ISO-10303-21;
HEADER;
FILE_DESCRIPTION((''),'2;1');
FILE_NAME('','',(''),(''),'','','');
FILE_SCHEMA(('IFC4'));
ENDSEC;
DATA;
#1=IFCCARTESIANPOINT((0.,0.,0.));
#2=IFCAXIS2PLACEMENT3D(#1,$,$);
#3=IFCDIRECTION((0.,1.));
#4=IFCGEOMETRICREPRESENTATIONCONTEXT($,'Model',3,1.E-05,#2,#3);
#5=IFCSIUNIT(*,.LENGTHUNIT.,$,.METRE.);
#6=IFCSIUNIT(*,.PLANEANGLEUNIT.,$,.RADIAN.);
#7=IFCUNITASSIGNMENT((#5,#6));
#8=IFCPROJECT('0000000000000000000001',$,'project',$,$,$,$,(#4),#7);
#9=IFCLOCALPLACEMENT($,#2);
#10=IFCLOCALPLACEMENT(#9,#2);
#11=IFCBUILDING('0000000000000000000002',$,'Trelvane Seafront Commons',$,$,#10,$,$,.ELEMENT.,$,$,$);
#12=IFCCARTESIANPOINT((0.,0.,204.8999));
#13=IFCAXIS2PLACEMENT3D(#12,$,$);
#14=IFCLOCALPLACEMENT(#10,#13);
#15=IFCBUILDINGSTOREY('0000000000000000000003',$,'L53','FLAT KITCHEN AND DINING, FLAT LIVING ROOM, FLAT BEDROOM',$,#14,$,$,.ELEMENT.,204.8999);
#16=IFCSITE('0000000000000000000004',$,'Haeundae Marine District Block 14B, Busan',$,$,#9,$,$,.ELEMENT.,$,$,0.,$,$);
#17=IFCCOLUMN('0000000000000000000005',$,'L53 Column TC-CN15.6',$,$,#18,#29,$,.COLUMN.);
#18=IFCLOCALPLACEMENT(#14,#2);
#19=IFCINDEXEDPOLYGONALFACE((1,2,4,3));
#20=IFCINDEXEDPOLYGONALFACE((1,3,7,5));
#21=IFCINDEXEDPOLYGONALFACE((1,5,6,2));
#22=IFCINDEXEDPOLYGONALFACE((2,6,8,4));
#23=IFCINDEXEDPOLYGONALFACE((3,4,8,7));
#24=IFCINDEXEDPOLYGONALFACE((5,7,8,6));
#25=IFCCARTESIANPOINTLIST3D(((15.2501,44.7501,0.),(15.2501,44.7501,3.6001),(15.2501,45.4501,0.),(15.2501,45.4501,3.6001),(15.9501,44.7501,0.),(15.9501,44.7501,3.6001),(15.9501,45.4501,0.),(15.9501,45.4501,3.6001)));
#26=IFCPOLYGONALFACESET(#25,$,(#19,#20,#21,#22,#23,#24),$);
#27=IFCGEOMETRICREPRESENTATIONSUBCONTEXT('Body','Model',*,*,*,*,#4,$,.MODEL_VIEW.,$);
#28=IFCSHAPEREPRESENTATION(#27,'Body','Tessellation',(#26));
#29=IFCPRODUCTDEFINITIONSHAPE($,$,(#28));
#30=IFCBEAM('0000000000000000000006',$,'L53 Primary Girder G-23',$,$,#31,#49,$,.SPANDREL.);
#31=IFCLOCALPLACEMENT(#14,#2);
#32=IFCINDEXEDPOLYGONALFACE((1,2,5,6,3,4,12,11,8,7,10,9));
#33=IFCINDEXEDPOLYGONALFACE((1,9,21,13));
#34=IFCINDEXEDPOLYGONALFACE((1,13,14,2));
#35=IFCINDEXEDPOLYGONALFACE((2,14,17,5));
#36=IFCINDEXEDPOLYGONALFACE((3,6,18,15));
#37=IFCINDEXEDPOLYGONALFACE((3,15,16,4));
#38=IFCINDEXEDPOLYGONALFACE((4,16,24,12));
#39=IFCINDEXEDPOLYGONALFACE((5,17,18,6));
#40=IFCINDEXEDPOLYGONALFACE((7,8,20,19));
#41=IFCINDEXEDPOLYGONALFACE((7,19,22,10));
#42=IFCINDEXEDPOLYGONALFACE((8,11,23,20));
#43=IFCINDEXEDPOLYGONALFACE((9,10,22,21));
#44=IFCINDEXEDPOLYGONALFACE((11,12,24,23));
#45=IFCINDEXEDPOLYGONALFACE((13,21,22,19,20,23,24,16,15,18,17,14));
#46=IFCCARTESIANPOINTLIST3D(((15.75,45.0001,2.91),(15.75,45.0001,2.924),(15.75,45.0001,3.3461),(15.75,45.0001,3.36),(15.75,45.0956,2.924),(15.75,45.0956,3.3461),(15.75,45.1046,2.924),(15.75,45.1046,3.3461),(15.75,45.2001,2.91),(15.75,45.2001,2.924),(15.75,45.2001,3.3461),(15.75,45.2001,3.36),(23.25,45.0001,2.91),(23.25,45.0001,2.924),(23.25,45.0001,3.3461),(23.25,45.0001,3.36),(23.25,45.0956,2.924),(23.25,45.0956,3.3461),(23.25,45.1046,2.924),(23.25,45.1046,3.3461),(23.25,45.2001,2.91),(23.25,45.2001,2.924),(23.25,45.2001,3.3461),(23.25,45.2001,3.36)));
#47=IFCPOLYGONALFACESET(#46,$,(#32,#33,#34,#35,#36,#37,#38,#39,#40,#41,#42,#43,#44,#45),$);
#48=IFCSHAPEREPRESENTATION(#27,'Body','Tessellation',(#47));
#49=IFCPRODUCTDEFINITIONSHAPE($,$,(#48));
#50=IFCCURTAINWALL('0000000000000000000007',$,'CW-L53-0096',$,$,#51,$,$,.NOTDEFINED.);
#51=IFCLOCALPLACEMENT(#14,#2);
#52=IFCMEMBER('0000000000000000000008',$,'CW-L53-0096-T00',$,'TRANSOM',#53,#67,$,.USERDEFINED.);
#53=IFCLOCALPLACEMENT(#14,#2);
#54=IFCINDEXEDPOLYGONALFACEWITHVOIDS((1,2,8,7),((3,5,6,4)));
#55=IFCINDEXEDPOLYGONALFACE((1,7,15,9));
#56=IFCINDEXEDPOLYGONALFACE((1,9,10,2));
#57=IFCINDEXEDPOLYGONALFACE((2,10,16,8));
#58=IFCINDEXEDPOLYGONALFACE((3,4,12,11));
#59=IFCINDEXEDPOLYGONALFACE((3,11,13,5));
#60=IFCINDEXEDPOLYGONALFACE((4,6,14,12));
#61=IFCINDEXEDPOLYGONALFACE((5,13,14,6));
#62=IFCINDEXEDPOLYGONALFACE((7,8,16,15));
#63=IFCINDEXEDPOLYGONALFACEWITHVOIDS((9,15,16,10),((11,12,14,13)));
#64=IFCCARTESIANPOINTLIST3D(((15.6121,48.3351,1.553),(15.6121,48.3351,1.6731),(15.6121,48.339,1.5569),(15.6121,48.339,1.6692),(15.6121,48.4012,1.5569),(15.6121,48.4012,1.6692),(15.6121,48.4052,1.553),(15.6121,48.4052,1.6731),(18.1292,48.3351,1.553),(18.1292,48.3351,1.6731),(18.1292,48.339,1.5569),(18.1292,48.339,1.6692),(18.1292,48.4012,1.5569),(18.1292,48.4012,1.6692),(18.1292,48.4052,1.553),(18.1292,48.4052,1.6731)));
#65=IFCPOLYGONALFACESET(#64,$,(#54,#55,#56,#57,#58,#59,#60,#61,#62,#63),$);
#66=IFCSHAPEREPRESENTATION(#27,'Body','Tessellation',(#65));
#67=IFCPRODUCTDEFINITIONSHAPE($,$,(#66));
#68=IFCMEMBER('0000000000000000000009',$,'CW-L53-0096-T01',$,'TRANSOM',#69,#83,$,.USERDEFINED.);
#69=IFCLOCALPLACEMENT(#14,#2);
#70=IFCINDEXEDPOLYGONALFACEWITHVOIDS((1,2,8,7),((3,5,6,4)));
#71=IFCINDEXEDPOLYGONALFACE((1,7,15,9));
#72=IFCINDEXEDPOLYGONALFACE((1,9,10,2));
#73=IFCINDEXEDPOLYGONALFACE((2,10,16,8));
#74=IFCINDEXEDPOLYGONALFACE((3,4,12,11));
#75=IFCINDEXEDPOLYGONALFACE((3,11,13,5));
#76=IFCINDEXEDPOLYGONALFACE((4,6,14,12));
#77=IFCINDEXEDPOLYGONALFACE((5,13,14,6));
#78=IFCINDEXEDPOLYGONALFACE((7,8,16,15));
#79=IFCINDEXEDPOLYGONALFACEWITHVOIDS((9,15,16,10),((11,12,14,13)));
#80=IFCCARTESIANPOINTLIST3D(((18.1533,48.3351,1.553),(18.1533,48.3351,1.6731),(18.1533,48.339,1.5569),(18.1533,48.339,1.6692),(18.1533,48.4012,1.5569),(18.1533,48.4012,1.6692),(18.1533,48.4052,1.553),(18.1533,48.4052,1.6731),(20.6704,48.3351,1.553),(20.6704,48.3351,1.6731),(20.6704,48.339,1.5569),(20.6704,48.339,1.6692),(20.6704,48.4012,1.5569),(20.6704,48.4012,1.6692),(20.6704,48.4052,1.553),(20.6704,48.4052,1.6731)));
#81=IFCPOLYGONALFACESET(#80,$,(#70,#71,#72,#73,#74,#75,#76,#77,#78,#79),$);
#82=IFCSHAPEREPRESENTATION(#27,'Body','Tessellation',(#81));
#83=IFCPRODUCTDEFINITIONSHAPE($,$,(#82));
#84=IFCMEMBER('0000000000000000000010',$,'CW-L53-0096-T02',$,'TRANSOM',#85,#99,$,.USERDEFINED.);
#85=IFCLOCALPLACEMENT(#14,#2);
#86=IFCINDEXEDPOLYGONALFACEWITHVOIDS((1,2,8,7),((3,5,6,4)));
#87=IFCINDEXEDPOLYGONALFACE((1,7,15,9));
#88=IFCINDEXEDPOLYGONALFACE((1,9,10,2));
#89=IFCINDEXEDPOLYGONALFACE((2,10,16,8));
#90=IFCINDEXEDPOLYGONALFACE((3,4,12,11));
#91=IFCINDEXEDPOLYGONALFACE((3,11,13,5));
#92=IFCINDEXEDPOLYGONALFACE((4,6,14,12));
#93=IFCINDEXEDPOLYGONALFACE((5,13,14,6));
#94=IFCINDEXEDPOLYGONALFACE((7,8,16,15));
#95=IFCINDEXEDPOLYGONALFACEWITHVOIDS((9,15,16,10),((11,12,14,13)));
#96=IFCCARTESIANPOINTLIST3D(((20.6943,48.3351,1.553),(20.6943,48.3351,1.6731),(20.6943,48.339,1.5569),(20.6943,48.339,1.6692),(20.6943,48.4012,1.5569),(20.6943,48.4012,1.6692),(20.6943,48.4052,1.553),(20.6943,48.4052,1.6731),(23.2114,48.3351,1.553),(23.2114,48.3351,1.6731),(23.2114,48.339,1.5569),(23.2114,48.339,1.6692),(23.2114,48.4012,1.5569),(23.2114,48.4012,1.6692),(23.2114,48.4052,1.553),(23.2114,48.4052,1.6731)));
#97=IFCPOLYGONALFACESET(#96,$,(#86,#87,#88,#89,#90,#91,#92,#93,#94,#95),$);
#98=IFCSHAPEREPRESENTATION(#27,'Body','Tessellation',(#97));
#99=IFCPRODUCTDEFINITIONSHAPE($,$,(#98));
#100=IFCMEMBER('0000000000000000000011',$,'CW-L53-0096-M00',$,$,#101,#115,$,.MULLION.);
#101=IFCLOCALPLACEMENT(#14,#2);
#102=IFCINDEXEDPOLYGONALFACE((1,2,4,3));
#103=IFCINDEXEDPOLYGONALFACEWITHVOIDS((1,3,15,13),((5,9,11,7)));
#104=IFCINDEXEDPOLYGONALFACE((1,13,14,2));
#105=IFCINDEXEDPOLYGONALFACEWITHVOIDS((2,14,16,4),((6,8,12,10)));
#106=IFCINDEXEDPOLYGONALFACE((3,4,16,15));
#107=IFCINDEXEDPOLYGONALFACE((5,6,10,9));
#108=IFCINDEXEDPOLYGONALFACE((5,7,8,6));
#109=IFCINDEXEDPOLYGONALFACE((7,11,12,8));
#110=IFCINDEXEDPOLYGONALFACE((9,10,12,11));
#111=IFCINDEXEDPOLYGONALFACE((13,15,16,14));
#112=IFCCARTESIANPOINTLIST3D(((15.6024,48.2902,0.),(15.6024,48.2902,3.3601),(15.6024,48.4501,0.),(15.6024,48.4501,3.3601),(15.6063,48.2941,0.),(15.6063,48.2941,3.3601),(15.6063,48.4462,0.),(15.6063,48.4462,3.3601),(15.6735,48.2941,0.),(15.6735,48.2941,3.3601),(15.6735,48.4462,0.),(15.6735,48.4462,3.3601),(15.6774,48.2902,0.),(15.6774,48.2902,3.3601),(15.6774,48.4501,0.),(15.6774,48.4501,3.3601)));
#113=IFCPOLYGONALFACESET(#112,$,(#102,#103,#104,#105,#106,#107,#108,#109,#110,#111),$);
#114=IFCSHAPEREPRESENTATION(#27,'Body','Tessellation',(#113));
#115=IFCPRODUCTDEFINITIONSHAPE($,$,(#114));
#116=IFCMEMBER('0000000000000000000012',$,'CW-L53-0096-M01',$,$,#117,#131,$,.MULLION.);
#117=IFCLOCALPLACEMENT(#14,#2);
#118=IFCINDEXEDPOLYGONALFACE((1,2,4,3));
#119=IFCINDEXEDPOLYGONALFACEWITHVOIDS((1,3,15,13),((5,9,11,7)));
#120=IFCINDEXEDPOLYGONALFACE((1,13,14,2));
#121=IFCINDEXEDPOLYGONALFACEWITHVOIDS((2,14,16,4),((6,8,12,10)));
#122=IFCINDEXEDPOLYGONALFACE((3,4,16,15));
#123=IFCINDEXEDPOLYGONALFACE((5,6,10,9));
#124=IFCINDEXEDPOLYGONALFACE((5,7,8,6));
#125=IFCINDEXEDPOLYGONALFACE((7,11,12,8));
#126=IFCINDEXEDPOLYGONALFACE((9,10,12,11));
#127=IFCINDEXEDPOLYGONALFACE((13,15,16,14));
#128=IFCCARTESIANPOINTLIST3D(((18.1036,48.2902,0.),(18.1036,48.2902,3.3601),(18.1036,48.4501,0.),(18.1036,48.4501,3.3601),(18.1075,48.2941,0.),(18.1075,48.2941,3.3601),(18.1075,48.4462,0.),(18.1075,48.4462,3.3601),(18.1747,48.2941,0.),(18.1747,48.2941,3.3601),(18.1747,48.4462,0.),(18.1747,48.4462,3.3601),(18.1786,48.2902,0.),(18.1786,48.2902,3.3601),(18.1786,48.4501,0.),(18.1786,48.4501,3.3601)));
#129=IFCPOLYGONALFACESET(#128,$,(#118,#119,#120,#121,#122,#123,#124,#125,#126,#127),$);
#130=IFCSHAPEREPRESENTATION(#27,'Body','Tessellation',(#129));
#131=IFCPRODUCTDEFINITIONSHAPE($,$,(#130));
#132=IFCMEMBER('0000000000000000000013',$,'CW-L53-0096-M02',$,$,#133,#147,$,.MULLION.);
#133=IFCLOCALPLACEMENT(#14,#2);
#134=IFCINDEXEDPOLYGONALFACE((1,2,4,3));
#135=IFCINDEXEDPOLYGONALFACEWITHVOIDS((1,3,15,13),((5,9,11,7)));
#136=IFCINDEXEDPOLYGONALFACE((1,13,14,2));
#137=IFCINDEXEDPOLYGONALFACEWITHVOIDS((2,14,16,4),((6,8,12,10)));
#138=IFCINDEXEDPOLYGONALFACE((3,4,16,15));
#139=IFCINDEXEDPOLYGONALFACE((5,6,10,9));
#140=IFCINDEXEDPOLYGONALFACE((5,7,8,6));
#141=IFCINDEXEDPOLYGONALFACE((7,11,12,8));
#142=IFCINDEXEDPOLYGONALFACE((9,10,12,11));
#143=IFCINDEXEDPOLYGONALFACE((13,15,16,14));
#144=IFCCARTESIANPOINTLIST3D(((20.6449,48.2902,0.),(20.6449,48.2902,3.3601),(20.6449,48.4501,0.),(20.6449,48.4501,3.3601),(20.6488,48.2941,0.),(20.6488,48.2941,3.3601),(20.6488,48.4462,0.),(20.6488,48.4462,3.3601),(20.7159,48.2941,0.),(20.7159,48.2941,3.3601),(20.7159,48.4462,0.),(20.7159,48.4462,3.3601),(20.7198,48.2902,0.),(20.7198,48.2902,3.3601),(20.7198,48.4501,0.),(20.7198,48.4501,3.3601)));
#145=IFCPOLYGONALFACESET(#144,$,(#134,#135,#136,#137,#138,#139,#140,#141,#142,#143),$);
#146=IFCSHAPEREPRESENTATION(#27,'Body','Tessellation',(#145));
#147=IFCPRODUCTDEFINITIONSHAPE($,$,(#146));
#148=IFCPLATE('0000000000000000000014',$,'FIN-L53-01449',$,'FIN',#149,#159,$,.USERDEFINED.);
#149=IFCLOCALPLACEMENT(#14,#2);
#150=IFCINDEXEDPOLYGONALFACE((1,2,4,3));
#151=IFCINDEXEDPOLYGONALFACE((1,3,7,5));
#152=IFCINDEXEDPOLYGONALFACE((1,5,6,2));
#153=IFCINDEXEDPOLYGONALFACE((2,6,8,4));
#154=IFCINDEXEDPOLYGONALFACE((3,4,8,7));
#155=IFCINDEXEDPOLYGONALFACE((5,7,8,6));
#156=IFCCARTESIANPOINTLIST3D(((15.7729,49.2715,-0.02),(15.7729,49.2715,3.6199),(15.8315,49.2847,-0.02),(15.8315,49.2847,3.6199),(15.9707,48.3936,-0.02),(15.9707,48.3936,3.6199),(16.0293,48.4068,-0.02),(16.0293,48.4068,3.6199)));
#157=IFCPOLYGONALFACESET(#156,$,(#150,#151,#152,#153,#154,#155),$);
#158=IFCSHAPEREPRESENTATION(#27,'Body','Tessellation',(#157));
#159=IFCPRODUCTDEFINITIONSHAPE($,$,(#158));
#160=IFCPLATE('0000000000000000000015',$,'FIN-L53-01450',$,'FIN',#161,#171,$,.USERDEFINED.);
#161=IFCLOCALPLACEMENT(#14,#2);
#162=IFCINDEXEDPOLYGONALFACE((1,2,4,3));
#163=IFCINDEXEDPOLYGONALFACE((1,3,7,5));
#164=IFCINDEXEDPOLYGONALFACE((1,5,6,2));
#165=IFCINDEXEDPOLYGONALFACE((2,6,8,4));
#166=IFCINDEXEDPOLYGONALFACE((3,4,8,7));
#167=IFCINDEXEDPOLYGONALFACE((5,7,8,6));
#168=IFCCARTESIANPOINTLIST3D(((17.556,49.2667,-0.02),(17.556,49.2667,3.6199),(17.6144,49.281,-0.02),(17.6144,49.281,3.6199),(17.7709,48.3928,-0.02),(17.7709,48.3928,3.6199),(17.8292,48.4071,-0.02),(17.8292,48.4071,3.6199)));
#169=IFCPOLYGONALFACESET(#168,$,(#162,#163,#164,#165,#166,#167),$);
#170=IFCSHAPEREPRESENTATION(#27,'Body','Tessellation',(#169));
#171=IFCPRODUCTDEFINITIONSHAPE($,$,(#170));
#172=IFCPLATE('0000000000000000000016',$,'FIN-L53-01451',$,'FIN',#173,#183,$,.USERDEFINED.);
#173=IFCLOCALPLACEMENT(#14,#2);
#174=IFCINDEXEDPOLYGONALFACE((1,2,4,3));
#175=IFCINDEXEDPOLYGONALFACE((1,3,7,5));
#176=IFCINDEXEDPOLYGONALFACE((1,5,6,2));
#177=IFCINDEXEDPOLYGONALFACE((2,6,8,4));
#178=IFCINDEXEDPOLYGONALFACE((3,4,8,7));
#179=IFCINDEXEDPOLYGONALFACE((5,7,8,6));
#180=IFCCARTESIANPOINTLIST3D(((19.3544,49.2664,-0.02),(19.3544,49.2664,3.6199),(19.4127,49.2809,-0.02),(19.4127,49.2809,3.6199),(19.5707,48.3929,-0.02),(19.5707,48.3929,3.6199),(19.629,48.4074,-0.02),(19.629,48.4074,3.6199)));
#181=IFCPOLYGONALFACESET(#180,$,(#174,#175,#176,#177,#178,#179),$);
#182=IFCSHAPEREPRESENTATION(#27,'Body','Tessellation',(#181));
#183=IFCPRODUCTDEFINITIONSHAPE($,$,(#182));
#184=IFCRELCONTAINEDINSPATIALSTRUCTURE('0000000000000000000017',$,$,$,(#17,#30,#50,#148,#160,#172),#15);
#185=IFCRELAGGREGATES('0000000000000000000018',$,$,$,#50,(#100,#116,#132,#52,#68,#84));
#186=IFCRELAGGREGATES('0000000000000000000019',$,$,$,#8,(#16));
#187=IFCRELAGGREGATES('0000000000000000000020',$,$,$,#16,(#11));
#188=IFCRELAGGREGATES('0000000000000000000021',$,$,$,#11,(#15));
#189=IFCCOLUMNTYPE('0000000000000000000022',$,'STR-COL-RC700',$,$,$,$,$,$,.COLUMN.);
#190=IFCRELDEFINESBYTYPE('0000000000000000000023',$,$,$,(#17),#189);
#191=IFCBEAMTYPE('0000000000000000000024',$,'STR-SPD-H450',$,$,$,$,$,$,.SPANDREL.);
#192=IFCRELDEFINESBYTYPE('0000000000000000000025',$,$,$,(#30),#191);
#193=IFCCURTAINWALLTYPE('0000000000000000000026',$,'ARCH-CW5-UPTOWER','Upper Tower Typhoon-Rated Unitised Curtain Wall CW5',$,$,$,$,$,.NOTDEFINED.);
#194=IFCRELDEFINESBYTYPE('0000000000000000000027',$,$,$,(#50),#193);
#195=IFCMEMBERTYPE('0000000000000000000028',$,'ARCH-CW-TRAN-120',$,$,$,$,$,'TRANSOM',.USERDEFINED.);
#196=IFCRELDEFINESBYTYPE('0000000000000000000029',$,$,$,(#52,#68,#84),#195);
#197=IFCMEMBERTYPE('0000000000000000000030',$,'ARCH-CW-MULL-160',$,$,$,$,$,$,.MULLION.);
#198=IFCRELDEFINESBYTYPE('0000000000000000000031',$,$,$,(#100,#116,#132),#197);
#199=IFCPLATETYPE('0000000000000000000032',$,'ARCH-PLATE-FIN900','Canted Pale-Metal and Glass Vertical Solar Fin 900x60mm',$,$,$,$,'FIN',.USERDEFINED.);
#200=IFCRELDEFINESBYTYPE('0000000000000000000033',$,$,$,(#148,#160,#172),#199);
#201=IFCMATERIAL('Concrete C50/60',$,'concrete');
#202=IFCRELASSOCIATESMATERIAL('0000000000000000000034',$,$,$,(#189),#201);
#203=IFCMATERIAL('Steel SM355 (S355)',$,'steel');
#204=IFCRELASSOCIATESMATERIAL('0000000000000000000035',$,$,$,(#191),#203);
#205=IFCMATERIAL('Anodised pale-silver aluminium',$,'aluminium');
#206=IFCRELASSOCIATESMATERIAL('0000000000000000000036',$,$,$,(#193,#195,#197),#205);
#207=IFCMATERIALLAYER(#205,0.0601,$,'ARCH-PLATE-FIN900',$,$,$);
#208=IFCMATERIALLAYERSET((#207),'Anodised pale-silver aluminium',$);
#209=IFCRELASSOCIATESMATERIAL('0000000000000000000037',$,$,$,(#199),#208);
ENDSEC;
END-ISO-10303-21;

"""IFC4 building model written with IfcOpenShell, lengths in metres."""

from ifc_helpers import new_model, si_unit, direction, frame, origin, origin_2d, place, context, subcontext, project, spatial, rectangle, hollow_rectangle, i_section, extrude, source, transform, mapped, material, layer, layer_set, material_profile, profile_set, type_object, element, aggregate, save


model = new_model("IFC4")

# Units and contexts
model_context = context("Model", 3, precision=1e-05, world=origin(), true_north=direction((0.0, 1.0)))
body_context = subcontext(model_context, "Body", "Model", "MODEL_VIEW")
ifc_project = project(units=[si_unit("LENGTHUNIT", "METRE"), si_unit("PLANEANGLEUNIT", "RADIAN")], contexts=[model_context])

# Site, building, storey
site_placement = place(None, origin())
site = spatial("IfcSite", under=ifc_project, at=site_placement, Name="Haeundae Marine District Block 14B, Busan", CompositionType="ELEMENT", RefElevation=0.0)
building_placement = place(site_placement, origin())
building = spatial("IfcBuilding", under=site, at=building_placement, Name="Trelvane Seafront Commons", CompositionType="ELEMENT")
storey_placement = place(building_placement, frame((0.0, 0.0, 204.8999)))
storey = spatial("IfcBuildingStorey", under=building, at=storey_placement, Name="L53", Description="FLAT KITCHEN AND DINING, FLAT LIVING ROOM, FLAT BEDROOM", CompositionType="ELEMENT", Elevation=204.8999)

# Column
ifc_material_1 = material(Name="Concrete C50/60", Category="concrete")
ifc_material_profile_1 = material_profile(ifc_material_1, rectangle(XDim=0.7, YDim=0.7, at=origin_2d()), Name="RC-700x700")
ifc_profile_set_1 = profile_set([ifc_material_profile_1], Name="Concrete C50/60")
column_type = type_object("IfcColumnType", Name="STR-COL-RC700", PredefinedType="COLUMN", material=ifc_profile_set_1)
shared_shape_1 = source(origin(), body_context, "Body", "SweptSolid", [
    extrude(rectangle(XDim=0.7, YDim=0.7, at=origin_2d()), origin(), (0.0, 0.0, 1.0), 3.6001),
])
column_placement = place(storey_placement, frame((15.6001, 45.1001, 0.0), z_axis=(0.0, 0.0, 1.0), x_axis=(1.0, 0.0, 0.0)))
element("IfcColumn", 1, at=column_placement, inside=storey, type_object=column_type, Name="L53 Column TC-CN15.6", PredefinedType="COLUMN", context=body_context, shape_type="MappedRepresentation", body=[
    mapped(shared_shape_1, transform((0.0, 0.0, 0.0), x_axis=(1.0, 0.0, 0.0), y_axis=(0.0, 1.0, 0.0), z_axis=(0.0, 0.0, 1.0), scale=1.0)),
])

# Beam
ifc_material_2 = material(Name="Steel SM355 (S355)", Category="steel")
ifc_material_profile_2 = material_profile(ifc_material_2, i_section(OverallWidth=0.2, OverallDepth=0.45, WebThickness=0.009, FlangeThickness=0.0139, at=origin_2d()), Name="H-450x200x9x14")
ifc_profile_set_2 = profile_set([ifc_material_profile_2], Name="Steel SM355 (S355)")
beam_type = type_object("IfcBeamType", Name="STR-SPD-H450", PredefinedType="SPANDREL", material=ifc_profile_set_2)
shared_shape_2 = source(origin(), body_context, "Body", "SweptSolid", [
    extrude(i_section(OverallWidth=0.2, OverallDepth=0.45, WebThickness=0.009, FlangeThickness=0.0139, at=origin_2d()), origin(), (0.0, 0.0, 1.0), 7.5),
])
beam_placement = place(storey_placement, frame((15.75, 45.1001, 3.135), z_axis=(1.0, 0.0, 0.0), x_axis=(0.0, 1.0, 0.0)))
element("IfcBeam", 2, at=beam_placement, inside=storey, type_object=beam_type, Name="L53 Primary Girder G-23", PredefinedType="SPANDREL", context=body_context, shape_type="MappedRepresentation", body=[
    mapped(shared_shape_2, transform((0.0, 0.0, 0.0), x_axis=(1.0, 0.0, 0.0), y_axis=(0.0, 1.0, 0.0), z_axis=(0.0, 0.0, 1.0), scale=1.0)),
])

# Curtain wall, members
ifc_material_3 = material(Name="Anodised pale-silver aluminium", Category="aluminium")
curtain_wall_type = type_object("IfcCurtainWallType", Name="ARCH-CW5-UPTOWER", Description="Upper Tower Typhoon-Rated Unitised Curtain Wall CW5", PredefinedType="NOTDEFINED", material=ifc_material_3)
curtain_wall_placement = place(storey_placement, origin())
curtain_wall = element("IfcCurtainWall", 3, at=curtain_wall_placement, inside=storey, type_object=curtain_wall_type, Name="CW-L53-0096", PredefinedType="NOTDEFINED")
ifc_material_profile_3 = material_profile(ifc_material_3, hollow_rectangle(XDim=0.0701, YDim=0.1201, WallThickness=0.0039, at=origin_2d()), Name="TRAN-70x120x4")
ifc_profile_set_3 = profile_set([ifc_material_profile_3], Name="Anodised pale-silver aluminium")
member_type_1 = type_object("IfcMemberType", Name="ARCH-CW-TRAN-120", ElementType="TRANSOM", PredefinedType="USERDEFINED", material=ifc_profile_set_3)
shared_shape_3 = source(origin(), body_context, "Body", "SweptSolid", [
    extrude(hollow_rectangle(XDim=0.0701, YDim=0.1201, WallThickness=0.0039, at=origin_2d()), origin(), (0.0, 0.0, 1.0), 2.5171),
])
member_1_placement = place(storey_placement, frame((15.6121, 48.3701, 1.613), z_axis=(1.0, 0.0, 0.0), x_axis=(0.0, 1.0, 0.0)))
member_1 = element("IfcMember", 4, at=member_1_placement, type_object=member_type_1, Name="CW-L53-0096-T00", ObjectType="TRANSOM", PredefinedType="USERDEFINED", context=body_context, shape_type="MappedRepresentation", body=[
    mapped(shared_shape_3, transform((0.0, 0.0, 0.0), x_axis=(1.0, 0.0, 0.0), y_axis=(0.0, 1.0, 0.0), z_axis=(0.0, 0.0, 1.0), scale=1.0)),
])
member_2_placement = place(storey_placement, frame((18.1533, 48.3701, 1.613), z_axis=(1.0, 0.0, 0.0), x_axis=(0.0, 1.0, 0.0)))
member_2 = element("IfcMember", 5, at=member_2_placement, type_object=member_type_1, Name="CW-L53-0096-T01", ObjectType="TRANSOM", PredefinedType="USERDEFINED", context=body_context, shape_type="MappedRepresentation", body=[
    mapped(shared_shape_3, transform((0.0, 0.0, 0.0), x_axis=(1.0, 0.0, 0.0), y_axis=(0.0, 1.0, 0.0), z_axis=(0.0, 0.0, 1.0), scale=1.0)),
])
member_3_placement = place(storey_placement, frame((20.6943, 48.3701, 1.613), z_axis=(1.0, 0.0, 0.0), x_axis=(0.0, 1.0, 0.0)))
member_3 = element("IfcMember", 6, at=member_3_placement, type_object=member_type_1, Name="CW-L53-0096-T02", ObjectType="TRANSOM", PredefinedType="USERDEFINED", context=body_context, shape_type="MappedRepresentation", body=[
    mapped(shared_shape_3, transform((0.0, 0.0, 0.0), x_axis=(1.0, 0.0, 0.0), y_axis=(0.0, 1.0, 0.0), z_axis=(0.0, 0.0, 1.0), scale=1.0)),
])
ifc_material_profile_4 = material_profile(ifc_material_3, hollow_rectangle(XDim=0.075, YDim=0.1599, WallThickness=0.0039, at=origin_2d()), Name="MULL-75x160x4")
ifc_profile_set_4 = profile_set([ifc_material_profile_4], Name="Anodised pale-silver aluminium")
member_type_2 = type_object("IfcMemberType", Name="ARCH-CW-MULL-160", PredefinedType="MULLION", material=ifc_profile_set_4)
shared_shape_4 = source(origin(), body_context, "Body", "SweptSolid", [
    extrude(hollow_rectangle(XDim=0.075, YDim=0.1599, WallThickness=0.0039, at=origin_2d()), origin(), (0.0, 0.0, 1.0), 3.3601),
])
member_4_placement = place(storey_placement, frame((15.6399, 48.3701, 0.0), z_axis=(0.0, 0.0, 1.0), x_axis=(1.0, 0.0, 0.0)))
member_4 = element("IfcMember", 7, at=member_4_placement, type_object=member_type_2, Name="CW-L53-0096-M00", PredefinedType="MULLION", context=body_context, shape_type="MappedRepresentation", body=[
    mapped(shared_shape_4, transform((0.0, 0.0, 0.0), x_axis=(1.0, 0.0, 0.0), y_axis=(0.0, 1.0, 0.0), z_axis=(0.0, 0.0, 1.0), scale=1.0)),
])
member_5_placement = place(storey_placement, frame((18.1411, 48.3701, 0.0), z_axis=(0.0, 0.0, 1.0), x_axis=(1.0, 0.0, 0.0)))
member_5 = element("IfcMember", 8, at=member_5_placement, type_object=member_type_2, Name="CW-L53-0096-M01", PredefinedType="MULLION", context=body_context, shape_type="MappedRepresentation", body=[
    mapped(shared_shape_4, transform((0.0, 0.0, 0.0), x_axis=(1.0, 0.0, 0.0), y_axis=(0.0, 1.0, 0.0), z_axis=(0.0, 0.0, 1.0), scale=1.0)),
])
member_6_placement = place(storey_placement, frame((20.6824, 48.3701, 0.0), z_axis=(0.0, 0.0, 1.0), x_axis=(1.0, 0.0, 0.0)))
member_6 = element("IfcMember", 9, at=member_6_placement, type_object=member_type_2, Name="CW-L53-0096-M02", PredefinedType="MULLION", context=body_context, shape_type="MappedRepresentation", body=[
    mapped(shared_shape_4, transform((0.0, 0.0, 0.0), x_axis=(1.0, 0.0, 0.0), y_axis=(0.0, 1.0, 0.0), z_axis=(0.0, 0.0, 1.0), scale=1.0)),
])

# Plates
ifc_layer_1 = layer(ifc_material_3, 0.0601, Name="ARCH-PLATE-FIN900")
ifc_layer_set_1 = layer_set([ifc_layer_1], Name="Anodised pale-silver aluminium")
plate_type_1 = type_object("IfcPlateType", Name="ARCH-PLATE-FIN900", Description="Canted Pale-Metal and Glass Vertical Solar Fin 900x60mm", ElementType="FIN", PredefinedType="USERDEFINED", material=ifc_layer_set_1)
shared_shape_5 = source(origin(), body_context, "Body", "SweptSolid", [
    extrude(rectangle(XDim=0.8999, YDim=0.0601, at=origin_2d()), origin(), (0.0, 0.0, 1.0), 3.6399),
])
for number, where, z_axis, x_axis, name in (
    (10, (15.9011, 48.8391, -0.02), (0.0, 0.0, 1.0), (-0.219776, 0.97555, 0.0), "FIN-L53-01449"),
    (11, (17.6926, 48.8369, -0.02), (0.0, 0.0, 1.0), (-0.238769, 0.971076, 0.0), "FIN-L53-01450"),
    (12, (19.4917, 48.8369, -0.02), (0.0, 0.0, 1.0), (-0.240443, 0.970663, 0.0), "FIN-L53-01451"),
):
    element("IfcPlate", number, at=place(storey_placement, frame(where, z_axis=z_axis, x_axis=x_axis)), inside=storey, type_object=plate_type_1, Name=name, ObjectType="FIN", PredefinedType="USERDEFINED", context=body_context, shape_type="MappedRepresentation", body=[
        mapped(shared_shape_5, transform((0.0, 0.0, 0.0), x_axis=(1.0, 0.0, 0.0), y_axis=(0.0, 1.0, 0.0), z_axis=(0.0, 0.0, 1.0), scale=1.0)),
    ])

aggregate(curtain_wall, [member_4, member_5, member_6, member_1, member_2, member_3])

save(model, "model.ifc")
